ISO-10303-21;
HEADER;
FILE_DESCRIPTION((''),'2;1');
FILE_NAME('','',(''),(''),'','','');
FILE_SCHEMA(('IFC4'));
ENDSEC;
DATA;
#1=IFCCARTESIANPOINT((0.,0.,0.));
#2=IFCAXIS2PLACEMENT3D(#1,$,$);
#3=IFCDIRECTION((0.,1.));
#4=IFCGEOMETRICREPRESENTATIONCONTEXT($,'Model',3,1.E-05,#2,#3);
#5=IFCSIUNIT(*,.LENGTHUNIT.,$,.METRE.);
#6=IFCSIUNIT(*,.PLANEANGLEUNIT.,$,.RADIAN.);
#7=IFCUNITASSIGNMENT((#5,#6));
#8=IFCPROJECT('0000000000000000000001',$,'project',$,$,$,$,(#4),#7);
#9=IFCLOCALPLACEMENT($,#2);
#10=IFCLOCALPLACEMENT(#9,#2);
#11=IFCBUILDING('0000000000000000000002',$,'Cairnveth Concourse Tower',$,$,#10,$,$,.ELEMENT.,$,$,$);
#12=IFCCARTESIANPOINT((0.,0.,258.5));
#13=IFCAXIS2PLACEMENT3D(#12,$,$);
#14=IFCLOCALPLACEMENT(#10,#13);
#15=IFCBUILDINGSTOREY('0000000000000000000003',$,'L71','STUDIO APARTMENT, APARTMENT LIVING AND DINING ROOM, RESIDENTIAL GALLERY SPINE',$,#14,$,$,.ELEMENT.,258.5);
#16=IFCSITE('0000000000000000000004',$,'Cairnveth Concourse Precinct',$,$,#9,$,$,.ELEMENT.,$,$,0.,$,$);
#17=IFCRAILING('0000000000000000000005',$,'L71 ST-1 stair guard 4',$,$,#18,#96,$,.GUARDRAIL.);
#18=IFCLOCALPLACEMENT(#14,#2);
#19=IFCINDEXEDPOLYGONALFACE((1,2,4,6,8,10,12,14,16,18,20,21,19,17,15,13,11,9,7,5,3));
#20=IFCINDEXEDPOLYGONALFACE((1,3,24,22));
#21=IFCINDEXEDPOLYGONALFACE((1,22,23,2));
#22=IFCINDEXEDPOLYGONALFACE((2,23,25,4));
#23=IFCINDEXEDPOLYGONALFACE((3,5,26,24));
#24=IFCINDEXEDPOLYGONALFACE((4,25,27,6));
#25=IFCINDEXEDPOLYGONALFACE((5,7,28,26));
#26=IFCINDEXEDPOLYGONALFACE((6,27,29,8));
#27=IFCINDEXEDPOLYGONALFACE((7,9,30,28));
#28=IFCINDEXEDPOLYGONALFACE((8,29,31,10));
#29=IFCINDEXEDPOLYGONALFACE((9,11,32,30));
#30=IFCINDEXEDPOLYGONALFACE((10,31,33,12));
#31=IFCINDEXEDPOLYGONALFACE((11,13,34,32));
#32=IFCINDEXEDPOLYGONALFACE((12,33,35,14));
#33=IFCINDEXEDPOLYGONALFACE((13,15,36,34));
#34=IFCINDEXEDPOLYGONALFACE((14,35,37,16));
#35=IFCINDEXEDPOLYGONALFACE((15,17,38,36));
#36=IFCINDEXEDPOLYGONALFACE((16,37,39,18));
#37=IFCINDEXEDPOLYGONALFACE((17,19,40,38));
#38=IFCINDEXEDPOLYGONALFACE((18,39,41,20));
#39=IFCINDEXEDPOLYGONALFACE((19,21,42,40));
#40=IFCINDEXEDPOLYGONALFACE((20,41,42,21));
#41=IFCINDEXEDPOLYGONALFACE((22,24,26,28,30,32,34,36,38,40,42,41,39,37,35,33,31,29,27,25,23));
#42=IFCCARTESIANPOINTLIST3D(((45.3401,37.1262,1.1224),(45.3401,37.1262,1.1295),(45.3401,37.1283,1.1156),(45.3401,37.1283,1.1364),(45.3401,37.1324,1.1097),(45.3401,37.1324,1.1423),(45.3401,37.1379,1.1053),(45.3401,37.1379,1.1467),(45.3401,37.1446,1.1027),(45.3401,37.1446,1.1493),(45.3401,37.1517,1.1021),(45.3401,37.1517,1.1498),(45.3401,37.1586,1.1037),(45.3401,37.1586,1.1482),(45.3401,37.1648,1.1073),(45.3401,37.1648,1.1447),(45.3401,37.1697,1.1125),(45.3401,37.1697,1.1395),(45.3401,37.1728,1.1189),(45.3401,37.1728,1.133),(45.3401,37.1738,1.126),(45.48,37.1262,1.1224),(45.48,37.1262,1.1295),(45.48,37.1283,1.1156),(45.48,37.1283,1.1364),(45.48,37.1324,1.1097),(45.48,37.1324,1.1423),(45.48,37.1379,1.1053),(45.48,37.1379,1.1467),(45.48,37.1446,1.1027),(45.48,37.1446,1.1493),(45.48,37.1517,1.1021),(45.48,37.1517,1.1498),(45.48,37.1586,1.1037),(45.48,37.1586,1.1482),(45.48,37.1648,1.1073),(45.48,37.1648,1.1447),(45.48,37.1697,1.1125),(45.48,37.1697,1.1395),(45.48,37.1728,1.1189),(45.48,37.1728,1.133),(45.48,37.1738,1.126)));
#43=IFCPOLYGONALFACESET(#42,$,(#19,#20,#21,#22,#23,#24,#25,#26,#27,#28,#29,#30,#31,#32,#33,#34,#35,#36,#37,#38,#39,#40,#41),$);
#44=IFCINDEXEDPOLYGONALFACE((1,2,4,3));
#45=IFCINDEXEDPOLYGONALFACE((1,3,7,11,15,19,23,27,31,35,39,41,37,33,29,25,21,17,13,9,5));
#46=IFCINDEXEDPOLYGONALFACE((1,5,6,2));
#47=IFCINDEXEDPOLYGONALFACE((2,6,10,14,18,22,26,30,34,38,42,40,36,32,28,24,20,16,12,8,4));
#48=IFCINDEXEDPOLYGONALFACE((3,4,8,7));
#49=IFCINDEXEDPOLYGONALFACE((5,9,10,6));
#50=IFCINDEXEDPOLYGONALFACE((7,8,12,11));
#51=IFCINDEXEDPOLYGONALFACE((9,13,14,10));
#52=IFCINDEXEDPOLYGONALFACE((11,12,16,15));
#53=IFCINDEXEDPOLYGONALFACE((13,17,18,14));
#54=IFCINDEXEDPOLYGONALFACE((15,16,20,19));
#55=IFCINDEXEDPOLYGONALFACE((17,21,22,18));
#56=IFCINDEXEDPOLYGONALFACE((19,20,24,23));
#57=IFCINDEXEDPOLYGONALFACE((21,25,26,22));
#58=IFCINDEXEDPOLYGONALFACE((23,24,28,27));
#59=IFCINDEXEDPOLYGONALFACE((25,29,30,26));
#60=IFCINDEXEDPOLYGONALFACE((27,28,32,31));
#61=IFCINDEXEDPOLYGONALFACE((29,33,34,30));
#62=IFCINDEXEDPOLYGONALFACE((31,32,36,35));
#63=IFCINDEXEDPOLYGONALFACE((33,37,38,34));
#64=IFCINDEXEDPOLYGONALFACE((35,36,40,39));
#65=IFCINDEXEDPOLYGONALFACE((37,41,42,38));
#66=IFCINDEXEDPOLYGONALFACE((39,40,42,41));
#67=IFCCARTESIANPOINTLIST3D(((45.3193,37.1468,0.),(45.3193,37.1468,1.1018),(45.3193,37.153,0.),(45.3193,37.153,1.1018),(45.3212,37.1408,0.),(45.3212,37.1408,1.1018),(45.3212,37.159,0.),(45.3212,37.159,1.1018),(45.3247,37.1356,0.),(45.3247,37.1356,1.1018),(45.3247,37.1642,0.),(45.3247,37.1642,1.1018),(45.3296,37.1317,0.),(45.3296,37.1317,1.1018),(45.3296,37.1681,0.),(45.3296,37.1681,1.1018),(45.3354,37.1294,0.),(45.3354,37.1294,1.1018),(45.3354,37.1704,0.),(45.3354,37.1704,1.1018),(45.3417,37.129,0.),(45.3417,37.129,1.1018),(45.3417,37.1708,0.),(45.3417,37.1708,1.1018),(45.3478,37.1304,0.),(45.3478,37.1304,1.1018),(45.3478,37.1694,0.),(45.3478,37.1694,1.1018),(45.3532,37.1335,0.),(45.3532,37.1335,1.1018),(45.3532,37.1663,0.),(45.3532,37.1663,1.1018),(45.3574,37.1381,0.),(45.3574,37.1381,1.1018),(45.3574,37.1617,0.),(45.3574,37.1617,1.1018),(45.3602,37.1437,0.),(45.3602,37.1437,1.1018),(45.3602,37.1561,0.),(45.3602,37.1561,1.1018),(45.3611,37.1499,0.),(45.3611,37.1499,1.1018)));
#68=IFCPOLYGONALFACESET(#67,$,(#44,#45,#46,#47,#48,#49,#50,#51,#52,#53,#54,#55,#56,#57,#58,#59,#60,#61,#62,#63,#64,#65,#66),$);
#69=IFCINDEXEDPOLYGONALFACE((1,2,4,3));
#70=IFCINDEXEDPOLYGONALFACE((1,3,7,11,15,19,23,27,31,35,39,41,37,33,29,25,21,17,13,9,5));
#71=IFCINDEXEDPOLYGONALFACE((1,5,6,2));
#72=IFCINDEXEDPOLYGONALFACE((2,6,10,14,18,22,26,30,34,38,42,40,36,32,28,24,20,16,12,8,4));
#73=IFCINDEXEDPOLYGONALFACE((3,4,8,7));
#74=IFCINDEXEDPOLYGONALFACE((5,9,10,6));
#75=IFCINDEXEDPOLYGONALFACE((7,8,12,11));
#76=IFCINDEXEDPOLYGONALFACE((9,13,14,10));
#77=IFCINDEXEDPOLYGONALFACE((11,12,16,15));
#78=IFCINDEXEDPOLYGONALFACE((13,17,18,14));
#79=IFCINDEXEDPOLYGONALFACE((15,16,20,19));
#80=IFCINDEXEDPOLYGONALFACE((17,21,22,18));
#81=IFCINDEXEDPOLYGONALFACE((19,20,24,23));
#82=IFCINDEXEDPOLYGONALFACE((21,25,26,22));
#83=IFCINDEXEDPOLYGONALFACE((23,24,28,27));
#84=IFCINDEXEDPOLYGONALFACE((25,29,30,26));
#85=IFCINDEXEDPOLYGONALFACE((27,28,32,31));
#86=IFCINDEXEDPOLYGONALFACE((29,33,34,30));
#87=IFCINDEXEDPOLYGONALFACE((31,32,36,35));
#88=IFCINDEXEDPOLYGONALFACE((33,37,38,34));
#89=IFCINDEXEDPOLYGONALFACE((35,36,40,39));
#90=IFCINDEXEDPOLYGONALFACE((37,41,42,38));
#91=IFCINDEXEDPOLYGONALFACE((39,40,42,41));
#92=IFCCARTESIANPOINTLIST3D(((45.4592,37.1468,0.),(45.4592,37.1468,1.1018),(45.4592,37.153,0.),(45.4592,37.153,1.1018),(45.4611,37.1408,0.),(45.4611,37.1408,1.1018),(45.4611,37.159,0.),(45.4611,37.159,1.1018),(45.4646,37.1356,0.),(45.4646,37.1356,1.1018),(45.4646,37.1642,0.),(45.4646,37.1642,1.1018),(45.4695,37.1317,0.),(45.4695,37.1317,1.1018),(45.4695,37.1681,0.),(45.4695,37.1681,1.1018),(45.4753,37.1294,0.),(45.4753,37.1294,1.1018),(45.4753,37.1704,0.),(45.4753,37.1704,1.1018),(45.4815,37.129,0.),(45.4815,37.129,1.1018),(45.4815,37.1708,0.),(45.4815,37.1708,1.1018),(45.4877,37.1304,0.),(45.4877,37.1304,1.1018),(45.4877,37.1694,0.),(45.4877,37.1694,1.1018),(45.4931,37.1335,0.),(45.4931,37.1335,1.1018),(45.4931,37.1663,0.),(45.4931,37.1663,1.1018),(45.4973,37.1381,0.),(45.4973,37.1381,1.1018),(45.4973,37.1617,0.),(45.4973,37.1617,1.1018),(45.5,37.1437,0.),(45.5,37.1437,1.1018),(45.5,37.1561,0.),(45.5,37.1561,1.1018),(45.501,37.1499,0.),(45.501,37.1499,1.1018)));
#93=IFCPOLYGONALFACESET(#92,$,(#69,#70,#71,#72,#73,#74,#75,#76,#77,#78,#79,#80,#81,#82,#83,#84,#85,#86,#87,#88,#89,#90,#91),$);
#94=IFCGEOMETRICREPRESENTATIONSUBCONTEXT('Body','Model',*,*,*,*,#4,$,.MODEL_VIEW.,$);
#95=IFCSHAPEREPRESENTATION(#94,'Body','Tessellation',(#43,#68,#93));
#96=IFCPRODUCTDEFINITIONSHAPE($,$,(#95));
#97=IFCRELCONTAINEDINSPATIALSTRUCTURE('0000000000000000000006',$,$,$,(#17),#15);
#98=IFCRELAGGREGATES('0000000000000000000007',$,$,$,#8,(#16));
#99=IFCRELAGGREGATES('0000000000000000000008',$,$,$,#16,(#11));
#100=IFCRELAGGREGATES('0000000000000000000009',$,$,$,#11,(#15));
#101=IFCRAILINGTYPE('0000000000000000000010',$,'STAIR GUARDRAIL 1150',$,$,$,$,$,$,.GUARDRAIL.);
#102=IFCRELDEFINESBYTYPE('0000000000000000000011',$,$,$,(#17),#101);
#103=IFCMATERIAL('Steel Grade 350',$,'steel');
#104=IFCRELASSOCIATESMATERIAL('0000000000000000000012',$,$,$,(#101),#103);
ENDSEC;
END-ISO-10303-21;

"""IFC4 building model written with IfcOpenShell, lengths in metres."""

from ifc_helpers import new_model, si_unit, direction, frame, origin, origin_2d, place, context, subcontext, project, spatial, circle, extrude, material, type_object, element, save


model = new_model("IFC4")

# Units and contexts
model_context = context("Model", 3, precision=1e-05, world=origin(), true_north=direction((0.0, 1.0)))
body_context = subcontext(model_context, "Body", "Model", "MODEL_VIEW")
ifc_project = project(units=[si_unit("LENGTHUNIT", "METRE"), si_unit("PLANEANGLEUNIT", "RADIAN")], contexts=[model_context])

# Site, building, storey
site_placement = place(None, origin())
site = spatial("IfcSite", under=ifc_project, at=site_placement, Name="Cairnveth Concourse Precinct", CompositionType="ELEMENT", RefElevation=0.0)
building_placement = place(site_placement, origin())
building = spatial("IfcBuilding", under=site, at=building_placement, Name="Cairnveth Concourse Tower", CompositionType="ELEMENT")
storey_placement = place(building_placement, frame((0.0, 0.0, 258.5)))
storey = spatial("IfcBuildingStorey", under=building, at=storey_placement, Name="L71", Description="STUDIO APARTMENT, APARTMENT LIVING AND DINING ROOM, RESIDENTIAL GALLERY SPINE", CompositionType="ELEMENT", Elevation=258.5)

# Shared definitions
ifc_material_1 = material(Name="Steel Grade 350", Category="steel")

# Railing
railing_type_1 = type_object("IfcRailingType", Name="STAIR GUARDRAIL 1150", PredefinedType="GUARDRAIL", material=ifc_material_1)
railing_1_placement = place(storey_placement, frame((45.3401, 37.1499, 0.0)))
element("IfcRailing", 1, at=railing_1_placement, inside=storey, type_object=railing_type_1, Name="L71 ST-1 stair guard 4", PredefinedType="GUARDRAIL", context=body_context, shape_type="SweptSolid", body=[
    extrude(circle(Radius=0.0239, at=origin_2d()), frame((0.0, 0.0, 1.126), z_axis=(1.0, 0.0, 0.0), x_axis=(0.0, 1.0, 0.0)), (0.0, 0.0, 1.0), 0.1399),
    extrude(circle(Radius=0.021, at=origin_2d()), origin(), (0.0, 0.0, 1.0), 1.1018),
    extrude(circle(Radius=0.021, at=origin_2d()), frame((0.1399, 0.0, 0.0)), (0.0, 0.0, 1.0), 1.1018),
])

save(model, "model.ifc")
